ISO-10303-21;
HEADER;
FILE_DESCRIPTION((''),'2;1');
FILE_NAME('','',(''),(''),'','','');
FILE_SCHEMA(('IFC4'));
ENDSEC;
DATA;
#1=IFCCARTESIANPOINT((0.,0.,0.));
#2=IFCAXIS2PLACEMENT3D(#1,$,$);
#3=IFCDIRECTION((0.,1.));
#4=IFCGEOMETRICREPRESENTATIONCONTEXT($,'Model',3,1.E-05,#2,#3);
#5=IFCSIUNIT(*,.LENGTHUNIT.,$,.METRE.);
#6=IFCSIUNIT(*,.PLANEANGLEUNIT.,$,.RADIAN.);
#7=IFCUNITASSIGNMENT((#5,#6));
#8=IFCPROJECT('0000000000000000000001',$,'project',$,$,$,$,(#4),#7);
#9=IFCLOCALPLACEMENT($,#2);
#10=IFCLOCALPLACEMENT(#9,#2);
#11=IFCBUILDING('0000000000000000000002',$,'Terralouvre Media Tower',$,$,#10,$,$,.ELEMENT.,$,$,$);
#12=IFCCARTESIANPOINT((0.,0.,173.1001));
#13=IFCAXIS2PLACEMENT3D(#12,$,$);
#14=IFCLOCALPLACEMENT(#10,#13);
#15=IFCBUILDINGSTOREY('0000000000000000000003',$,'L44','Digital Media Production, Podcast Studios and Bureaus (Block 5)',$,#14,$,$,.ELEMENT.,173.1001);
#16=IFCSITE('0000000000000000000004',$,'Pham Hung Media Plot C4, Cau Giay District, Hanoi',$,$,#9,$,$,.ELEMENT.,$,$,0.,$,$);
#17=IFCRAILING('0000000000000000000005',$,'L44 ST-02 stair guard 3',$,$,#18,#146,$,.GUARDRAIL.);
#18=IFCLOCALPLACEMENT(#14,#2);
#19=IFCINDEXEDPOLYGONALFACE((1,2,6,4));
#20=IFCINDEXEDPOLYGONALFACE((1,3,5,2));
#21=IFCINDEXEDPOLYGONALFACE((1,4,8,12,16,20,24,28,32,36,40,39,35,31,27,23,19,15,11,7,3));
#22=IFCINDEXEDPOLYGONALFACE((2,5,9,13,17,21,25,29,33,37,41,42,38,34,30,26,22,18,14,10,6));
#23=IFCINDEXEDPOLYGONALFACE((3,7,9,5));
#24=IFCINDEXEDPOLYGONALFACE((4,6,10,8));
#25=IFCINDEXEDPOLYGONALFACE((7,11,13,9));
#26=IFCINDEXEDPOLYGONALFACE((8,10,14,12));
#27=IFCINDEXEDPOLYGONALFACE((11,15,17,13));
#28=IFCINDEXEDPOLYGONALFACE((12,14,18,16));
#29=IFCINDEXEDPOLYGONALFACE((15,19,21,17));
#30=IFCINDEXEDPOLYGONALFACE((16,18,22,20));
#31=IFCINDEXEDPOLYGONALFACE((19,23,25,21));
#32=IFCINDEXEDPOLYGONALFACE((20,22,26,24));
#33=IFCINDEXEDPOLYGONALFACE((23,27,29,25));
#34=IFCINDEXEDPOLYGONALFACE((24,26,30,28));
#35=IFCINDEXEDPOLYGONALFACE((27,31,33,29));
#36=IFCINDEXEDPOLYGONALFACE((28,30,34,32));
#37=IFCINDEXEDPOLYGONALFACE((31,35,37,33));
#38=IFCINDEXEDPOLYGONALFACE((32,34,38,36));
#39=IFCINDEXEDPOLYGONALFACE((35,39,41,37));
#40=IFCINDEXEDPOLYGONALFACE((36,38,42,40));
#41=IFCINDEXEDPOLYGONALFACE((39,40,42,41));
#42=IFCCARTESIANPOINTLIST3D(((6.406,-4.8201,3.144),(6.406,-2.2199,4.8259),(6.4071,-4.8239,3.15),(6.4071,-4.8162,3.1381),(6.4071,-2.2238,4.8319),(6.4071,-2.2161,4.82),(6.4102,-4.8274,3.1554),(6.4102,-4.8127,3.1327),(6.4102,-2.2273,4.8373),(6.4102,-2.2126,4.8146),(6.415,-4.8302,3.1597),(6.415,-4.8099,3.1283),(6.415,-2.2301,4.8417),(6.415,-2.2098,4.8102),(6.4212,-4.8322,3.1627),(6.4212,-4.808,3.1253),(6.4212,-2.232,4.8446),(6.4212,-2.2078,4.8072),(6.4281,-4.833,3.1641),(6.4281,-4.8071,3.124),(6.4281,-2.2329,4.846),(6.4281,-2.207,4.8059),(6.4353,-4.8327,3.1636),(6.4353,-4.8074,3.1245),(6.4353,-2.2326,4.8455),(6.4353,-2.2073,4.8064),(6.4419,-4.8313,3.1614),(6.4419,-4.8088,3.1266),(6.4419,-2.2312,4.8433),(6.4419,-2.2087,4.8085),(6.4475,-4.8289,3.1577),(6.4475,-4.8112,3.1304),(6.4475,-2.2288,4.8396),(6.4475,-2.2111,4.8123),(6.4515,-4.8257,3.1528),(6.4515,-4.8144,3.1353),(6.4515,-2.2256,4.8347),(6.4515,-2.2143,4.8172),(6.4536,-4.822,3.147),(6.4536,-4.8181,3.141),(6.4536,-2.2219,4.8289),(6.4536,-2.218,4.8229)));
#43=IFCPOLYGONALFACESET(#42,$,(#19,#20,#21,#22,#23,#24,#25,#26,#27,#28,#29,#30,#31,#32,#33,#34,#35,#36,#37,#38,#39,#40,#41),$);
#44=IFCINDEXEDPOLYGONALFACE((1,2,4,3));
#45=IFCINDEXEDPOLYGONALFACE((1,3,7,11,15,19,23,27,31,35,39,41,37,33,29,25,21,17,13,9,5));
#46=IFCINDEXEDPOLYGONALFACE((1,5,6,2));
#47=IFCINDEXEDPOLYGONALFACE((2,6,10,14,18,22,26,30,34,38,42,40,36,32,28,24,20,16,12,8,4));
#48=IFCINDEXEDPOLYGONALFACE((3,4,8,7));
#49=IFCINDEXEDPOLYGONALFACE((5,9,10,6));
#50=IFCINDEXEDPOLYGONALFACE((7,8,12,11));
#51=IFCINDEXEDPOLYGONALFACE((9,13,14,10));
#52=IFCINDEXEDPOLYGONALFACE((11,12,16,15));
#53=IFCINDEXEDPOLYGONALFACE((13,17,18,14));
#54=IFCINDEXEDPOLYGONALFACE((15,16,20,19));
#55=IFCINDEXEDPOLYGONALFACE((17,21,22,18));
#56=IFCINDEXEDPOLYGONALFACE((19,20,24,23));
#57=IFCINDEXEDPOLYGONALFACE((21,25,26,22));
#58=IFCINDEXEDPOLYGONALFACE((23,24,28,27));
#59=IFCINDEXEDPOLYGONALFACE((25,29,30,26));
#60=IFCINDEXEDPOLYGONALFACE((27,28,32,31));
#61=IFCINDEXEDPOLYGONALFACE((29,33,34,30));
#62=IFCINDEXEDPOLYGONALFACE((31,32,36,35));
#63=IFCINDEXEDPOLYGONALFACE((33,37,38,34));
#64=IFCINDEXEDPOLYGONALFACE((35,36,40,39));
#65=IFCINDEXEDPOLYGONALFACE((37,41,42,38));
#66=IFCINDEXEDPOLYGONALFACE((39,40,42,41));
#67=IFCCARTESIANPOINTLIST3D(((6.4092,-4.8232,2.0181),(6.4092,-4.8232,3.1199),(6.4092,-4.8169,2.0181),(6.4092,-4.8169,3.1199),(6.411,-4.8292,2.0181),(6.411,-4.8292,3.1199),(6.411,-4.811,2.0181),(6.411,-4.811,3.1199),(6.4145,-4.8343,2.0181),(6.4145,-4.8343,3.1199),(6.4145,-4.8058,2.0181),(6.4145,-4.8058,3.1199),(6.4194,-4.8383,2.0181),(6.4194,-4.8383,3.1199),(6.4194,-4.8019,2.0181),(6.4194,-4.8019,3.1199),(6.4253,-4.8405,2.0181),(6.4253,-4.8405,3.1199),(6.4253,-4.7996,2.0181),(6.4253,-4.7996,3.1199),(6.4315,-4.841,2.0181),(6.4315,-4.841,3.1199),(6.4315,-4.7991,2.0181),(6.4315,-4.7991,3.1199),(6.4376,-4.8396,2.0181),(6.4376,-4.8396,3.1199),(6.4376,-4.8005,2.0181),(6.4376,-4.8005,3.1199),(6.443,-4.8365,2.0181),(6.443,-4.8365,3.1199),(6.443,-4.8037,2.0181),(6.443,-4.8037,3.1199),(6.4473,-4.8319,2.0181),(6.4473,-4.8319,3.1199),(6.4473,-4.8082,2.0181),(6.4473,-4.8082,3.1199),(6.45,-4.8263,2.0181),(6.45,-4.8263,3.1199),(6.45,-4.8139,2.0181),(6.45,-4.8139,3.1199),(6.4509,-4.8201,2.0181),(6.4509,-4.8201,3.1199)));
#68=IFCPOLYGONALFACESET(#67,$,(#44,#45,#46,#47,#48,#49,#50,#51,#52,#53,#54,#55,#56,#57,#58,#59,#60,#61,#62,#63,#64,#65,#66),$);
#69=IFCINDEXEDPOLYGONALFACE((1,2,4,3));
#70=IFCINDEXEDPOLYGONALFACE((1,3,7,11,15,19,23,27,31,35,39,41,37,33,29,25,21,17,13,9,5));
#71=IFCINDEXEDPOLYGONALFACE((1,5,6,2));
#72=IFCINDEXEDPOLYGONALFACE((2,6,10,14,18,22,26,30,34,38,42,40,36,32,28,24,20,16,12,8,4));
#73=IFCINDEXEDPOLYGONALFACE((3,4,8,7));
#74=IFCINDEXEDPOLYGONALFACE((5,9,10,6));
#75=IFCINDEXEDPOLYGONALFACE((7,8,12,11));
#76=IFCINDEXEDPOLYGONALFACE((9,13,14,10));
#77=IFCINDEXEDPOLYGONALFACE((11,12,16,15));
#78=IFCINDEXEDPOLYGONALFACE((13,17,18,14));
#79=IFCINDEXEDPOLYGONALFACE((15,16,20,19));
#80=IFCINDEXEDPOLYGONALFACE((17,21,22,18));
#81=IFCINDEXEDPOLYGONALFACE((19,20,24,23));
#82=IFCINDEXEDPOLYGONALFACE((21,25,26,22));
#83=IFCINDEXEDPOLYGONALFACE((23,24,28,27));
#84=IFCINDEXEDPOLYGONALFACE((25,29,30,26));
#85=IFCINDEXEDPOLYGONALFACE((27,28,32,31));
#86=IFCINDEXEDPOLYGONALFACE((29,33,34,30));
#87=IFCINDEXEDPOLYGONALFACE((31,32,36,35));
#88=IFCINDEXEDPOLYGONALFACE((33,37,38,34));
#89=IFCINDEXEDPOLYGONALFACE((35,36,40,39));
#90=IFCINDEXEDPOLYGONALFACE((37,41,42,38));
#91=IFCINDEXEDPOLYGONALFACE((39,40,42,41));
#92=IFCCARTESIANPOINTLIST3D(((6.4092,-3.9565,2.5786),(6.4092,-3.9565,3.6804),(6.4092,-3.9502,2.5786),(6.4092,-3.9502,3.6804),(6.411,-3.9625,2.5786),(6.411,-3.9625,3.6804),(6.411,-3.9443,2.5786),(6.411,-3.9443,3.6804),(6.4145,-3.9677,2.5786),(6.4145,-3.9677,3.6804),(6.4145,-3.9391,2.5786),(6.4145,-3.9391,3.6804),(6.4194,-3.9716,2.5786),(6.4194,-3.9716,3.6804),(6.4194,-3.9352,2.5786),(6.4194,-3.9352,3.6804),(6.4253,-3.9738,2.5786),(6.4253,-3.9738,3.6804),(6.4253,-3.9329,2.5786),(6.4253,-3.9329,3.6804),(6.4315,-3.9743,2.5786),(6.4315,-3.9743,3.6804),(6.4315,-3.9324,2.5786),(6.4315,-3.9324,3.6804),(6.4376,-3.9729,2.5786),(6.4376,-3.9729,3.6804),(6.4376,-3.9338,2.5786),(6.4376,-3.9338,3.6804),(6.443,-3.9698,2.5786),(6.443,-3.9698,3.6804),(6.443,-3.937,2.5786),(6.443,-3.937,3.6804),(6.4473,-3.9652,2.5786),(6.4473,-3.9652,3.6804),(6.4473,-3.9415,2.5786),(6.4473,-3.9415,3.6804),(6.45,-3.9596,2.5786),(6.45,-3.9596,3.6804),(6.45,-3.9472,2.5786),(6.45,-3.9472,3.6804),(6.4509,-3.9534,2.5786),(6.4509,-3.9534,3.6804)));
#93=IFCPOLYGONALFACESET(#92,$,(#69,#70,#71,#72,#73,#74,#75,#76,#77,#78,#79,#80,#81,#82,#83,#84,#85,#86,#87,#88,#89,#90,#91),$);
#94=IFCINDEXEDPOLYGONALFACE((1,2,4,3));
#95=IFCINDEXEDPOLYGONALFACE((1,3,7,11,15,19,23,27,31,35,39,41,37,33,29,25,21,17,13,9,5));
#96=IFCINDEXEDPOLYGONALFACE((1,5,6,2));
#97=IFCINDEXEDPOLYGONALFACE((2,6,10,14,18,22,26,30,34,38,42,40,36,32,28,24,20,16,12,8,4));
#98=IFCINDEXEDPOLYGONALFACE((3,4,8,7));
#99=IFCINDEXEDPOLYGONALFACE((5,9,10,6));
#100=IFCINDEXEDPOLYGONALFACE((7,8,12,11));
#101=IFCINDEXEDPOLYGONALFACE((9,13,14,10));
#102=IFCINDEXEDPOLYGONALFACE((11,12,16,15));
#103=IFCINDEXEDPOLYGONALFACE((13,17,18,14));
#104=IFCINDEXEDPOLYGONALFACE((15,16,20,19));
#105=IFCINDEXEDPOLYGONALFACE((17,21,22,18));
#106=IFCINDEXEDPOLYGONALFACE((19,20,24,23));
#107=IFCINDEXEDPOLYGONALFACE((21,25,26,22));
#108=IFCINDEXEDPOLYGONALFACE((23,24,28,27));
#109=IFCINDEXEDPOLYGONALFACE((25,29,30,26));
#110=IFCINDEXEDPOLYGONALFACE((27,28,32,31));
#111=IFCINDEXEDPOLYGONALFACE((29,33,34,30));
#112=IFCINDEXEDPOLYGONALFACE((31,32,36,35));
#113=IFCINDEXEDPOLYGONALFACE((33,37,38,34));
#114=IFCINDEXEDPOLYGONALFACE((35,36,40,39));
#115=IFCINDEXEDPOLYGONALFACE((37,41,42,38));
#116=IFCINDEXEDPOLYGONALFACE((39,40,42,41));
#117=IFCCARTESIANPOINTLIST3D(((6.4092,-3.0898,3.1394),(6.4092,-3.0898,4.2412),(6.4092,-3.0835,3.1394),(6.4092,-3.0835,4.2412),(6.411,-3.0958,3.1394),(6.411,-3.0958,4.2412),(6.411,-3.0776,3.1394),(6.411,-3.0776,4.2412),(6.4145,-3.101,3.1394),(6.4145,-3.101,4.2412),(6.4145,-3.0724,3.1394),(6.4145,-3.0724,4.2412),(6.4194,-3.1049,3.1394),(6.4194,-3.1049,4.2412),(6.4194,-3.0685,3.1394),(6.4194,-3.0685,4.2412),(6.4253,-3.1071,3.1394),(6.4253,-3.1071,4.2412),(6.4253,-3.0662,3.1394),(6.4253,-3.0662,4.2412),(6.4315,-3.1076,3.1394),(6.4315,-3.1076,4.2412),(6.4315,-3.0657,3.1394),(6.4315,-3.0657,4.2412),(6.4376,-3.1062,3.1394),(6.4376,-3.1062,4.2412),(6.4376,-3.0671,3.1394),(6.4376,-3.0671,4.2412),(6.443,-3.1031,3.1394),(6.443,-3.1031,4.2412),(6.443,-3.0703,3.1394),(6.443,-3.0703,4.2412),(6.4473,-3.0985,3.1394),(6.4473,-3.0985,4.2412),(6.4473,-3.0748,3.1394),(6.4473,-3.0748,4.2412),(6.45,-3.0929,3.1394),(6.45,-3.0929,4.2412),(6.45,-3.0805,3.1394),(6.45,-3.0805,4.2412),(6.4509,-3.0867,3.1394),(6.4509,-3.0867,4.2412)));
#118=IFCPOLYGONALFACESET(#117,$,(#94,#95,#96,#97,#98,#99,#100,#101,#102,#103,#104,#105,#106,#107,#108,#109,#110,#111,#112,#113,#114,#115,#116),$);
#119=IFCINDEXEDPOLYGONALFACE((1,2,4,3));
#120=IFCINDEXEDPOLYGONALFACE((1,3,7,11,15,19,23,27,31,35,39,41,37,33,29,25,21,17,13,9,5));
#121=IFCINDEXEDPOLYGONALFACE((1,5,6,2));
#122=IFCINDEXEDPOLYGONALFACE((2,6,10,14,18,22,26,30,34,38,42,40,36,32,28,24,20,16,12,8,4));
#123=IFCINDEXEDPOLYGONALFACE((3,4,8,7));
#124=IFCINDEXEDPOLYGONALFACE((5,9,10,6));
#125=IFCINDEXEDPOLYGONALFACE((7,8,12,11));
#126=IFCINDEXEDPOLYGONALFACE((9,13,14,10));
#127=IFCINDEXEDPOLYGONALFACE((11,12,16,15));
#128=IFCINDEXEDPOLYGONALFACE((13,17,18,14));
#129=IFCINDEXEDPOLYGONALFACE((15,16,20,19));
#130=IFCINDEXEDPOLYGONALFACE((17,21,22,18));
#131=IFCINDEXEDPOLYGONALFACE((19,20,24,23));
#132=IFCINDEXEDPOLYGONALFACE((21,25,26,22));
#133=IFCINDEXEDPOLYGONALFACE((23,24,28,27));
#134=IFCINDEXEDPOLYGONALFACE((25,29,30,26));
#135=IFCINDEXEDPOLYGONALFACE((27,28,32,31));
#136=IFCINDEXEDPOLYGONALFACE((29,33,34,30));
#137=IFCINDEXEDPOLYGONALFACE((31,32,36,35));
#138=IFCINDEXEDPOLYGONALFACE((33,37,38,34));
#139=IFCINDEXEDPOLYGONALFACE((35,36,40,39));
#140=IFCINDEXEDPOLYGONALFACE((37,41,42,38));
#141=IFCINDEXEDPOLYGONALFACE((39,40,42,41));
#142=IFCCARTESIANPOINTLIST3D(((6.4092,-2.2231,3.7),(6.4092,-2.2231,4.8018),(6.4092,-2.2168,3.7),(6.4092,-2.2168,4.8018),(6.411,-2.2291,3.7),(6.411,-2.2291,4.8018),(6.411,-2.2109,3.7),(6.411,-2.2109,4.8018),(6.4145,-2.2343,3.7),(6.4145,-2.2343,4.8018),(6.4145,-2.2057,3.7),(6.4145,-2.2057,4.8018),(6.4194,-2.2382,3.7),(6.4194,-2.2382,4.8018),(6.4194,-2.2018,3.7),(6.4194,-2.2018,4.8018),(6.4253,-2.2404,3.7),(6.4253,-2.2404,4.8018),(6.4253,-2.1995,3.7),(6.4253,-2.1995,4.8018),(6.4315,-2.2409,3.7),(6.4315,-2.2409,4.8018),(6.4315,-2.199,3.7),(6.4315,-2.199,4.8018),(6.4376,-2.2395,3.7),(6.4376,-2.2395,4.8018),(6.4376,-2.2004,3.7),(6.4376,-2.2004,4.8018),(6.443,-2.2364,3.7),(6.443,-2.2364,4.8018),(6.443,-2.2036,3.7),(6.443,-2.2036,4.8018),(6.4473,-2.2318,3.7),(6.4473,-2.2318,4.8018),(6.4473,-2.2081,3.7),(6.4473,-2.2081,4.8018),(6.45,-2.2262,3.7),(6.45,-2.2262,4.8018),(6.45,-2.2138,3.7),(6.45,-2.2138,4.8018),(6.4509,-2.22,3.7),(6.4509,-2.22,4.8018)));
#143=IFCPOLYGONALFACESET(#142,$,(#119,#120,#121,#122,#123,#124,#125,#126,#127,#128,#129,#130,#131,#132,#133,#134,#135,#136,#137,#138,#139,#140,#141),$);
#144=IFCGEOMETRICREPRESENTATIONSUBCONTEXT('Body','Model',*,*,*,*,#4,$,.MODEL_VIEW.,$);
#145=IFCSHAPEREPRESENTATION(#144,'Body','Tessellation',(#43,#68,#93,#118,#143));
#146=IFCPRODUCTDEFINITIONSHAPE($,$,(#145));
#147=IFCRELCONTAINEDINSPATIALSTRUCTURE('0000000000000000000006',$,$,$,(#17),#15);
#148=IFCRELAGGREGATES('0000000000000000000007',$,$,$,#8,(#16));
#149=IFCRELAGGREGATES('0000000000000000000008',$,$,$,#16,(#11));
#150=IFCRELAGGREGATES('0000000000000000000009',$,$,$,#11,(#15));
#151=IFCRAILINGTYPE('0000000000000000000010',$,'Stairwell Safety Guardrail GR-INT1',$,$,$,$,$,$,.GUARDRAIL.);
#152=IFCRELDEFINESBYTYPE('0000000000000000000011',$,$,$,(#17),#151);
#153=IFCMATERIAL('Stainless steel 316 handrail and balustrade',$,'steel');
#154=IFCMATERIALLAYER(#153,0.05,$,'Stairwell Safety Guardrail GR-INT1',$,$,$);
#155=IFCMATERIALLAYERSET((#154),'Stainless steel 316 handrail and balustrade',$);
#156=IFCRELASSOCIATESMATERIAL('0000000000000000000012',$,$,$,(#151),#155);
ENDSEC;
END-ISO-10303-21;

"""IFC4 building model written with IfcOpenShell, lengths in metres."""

from ifc_helpers import new_model, si_unit, direction, frame, origin, origin_2d, place, context, subcontext, project, spatial, circle, extrude, material, layer, layer_set, type_object, element, save


model = new_model("IFC4")

# Units and contexts
model_context = context("Model", 3, precision=1e-05, world=origin(), true_north=direction((0.0, 1.0)))
body_context = subcontext(model_context, "Body", "Model", "MODEL_VIEW")
ifc_project = project(units=[si_unit("LENGTHUNIT", "METRE"), si_unit("PLANEANGLEUNIT", "RADIAN")], contexts=[model_context])

# Site, building, storey
site_placement = place(None, origin())
site = spatial("IfcSite", under=ifc_project, at=site_placement, Name="Pham Hung Media Plot C4, Cau Giay District, Hanoi", CompositionType="ELEMENT", RefElevation=0.0)
building_placement = place(site_placement, origin())
building = spatial("IfcBuilding", under=site, at=building_placement, Name="Terralouvre Media Tower", CompositionType="ELEMENT")
storey_placement = place(building_placement, frame((0.0, 0.0, 173.1001)))
storey = spatial("IfcBuildingStorey", under=building, at=storey_placement, Name="L44", Description="Digital Media Production, Podcast Studios and Bureaus (Block 5)", CompositionType="ELEMENT", Elevation=173.1001)

# Railing
ifc_material_1 = material(Name="Stainless steel 316 handrail and balustrade", Category="steel")
ifc_layer_1 = layer(ifc_material_1, 0.05, Name="Stairwell Safety Guardrail GR-INT1")
ifc_layer_set_1 = layer_set([ifc_layer_1], Name="Stainless steel 316 handrail and balustrade")
railing_type_1 = type_object("IfcRailingType", Name="Stairwell Safety Guardrail GR-INT1", PredefinedType="GUARDRAIL", material=ifc_layer_set_1)
railing_1_placement = place(storey_placement, frame((6.4299, -4.8201, 2.0181)))
element("IfcRailing", 1, at=railing_1_placement, inside=storey, type_object=railing_type_1, Name="L44 ST-02 stair guard 3", PredefinedType="GUARDRAIL", context=body_context, shape_type="SweptSolid", body=[
    extrude(circle(Radius=0.0239, at=origin_2d()), frame((0.0, 0.0, 1.126), z_axis=(0.0, 0.839648, 0.54313), x_axis=(-1.0, 0.0, 0.0)), (0.0, 0.0, 1.0), 3.0967),
    extrude(circle(Radius=0.021, at=origin_2d()), origin(), (0.0, 0.0, 1.0), 1.1018),
    extrude(circle(Radius=0.021, at=origin_2d()), frame((0.0, 0.8667, 0.5605)), (0.0, 0.0, 1.0), 1.1018),
    extrude(circle(Radius=0.021, at=origin_2d()), frame((0.0, 1.7334, 1.1213)), (0.0, 0.0, 1.0), 1.1018),
    extrude(circle(Radius=0.021, at=origin_2d()), frame((0.0, 2.6001, 1.6819)), (0.0, 0.0, 1.0), 1.1018),
])

save(model, "model.ifc")
